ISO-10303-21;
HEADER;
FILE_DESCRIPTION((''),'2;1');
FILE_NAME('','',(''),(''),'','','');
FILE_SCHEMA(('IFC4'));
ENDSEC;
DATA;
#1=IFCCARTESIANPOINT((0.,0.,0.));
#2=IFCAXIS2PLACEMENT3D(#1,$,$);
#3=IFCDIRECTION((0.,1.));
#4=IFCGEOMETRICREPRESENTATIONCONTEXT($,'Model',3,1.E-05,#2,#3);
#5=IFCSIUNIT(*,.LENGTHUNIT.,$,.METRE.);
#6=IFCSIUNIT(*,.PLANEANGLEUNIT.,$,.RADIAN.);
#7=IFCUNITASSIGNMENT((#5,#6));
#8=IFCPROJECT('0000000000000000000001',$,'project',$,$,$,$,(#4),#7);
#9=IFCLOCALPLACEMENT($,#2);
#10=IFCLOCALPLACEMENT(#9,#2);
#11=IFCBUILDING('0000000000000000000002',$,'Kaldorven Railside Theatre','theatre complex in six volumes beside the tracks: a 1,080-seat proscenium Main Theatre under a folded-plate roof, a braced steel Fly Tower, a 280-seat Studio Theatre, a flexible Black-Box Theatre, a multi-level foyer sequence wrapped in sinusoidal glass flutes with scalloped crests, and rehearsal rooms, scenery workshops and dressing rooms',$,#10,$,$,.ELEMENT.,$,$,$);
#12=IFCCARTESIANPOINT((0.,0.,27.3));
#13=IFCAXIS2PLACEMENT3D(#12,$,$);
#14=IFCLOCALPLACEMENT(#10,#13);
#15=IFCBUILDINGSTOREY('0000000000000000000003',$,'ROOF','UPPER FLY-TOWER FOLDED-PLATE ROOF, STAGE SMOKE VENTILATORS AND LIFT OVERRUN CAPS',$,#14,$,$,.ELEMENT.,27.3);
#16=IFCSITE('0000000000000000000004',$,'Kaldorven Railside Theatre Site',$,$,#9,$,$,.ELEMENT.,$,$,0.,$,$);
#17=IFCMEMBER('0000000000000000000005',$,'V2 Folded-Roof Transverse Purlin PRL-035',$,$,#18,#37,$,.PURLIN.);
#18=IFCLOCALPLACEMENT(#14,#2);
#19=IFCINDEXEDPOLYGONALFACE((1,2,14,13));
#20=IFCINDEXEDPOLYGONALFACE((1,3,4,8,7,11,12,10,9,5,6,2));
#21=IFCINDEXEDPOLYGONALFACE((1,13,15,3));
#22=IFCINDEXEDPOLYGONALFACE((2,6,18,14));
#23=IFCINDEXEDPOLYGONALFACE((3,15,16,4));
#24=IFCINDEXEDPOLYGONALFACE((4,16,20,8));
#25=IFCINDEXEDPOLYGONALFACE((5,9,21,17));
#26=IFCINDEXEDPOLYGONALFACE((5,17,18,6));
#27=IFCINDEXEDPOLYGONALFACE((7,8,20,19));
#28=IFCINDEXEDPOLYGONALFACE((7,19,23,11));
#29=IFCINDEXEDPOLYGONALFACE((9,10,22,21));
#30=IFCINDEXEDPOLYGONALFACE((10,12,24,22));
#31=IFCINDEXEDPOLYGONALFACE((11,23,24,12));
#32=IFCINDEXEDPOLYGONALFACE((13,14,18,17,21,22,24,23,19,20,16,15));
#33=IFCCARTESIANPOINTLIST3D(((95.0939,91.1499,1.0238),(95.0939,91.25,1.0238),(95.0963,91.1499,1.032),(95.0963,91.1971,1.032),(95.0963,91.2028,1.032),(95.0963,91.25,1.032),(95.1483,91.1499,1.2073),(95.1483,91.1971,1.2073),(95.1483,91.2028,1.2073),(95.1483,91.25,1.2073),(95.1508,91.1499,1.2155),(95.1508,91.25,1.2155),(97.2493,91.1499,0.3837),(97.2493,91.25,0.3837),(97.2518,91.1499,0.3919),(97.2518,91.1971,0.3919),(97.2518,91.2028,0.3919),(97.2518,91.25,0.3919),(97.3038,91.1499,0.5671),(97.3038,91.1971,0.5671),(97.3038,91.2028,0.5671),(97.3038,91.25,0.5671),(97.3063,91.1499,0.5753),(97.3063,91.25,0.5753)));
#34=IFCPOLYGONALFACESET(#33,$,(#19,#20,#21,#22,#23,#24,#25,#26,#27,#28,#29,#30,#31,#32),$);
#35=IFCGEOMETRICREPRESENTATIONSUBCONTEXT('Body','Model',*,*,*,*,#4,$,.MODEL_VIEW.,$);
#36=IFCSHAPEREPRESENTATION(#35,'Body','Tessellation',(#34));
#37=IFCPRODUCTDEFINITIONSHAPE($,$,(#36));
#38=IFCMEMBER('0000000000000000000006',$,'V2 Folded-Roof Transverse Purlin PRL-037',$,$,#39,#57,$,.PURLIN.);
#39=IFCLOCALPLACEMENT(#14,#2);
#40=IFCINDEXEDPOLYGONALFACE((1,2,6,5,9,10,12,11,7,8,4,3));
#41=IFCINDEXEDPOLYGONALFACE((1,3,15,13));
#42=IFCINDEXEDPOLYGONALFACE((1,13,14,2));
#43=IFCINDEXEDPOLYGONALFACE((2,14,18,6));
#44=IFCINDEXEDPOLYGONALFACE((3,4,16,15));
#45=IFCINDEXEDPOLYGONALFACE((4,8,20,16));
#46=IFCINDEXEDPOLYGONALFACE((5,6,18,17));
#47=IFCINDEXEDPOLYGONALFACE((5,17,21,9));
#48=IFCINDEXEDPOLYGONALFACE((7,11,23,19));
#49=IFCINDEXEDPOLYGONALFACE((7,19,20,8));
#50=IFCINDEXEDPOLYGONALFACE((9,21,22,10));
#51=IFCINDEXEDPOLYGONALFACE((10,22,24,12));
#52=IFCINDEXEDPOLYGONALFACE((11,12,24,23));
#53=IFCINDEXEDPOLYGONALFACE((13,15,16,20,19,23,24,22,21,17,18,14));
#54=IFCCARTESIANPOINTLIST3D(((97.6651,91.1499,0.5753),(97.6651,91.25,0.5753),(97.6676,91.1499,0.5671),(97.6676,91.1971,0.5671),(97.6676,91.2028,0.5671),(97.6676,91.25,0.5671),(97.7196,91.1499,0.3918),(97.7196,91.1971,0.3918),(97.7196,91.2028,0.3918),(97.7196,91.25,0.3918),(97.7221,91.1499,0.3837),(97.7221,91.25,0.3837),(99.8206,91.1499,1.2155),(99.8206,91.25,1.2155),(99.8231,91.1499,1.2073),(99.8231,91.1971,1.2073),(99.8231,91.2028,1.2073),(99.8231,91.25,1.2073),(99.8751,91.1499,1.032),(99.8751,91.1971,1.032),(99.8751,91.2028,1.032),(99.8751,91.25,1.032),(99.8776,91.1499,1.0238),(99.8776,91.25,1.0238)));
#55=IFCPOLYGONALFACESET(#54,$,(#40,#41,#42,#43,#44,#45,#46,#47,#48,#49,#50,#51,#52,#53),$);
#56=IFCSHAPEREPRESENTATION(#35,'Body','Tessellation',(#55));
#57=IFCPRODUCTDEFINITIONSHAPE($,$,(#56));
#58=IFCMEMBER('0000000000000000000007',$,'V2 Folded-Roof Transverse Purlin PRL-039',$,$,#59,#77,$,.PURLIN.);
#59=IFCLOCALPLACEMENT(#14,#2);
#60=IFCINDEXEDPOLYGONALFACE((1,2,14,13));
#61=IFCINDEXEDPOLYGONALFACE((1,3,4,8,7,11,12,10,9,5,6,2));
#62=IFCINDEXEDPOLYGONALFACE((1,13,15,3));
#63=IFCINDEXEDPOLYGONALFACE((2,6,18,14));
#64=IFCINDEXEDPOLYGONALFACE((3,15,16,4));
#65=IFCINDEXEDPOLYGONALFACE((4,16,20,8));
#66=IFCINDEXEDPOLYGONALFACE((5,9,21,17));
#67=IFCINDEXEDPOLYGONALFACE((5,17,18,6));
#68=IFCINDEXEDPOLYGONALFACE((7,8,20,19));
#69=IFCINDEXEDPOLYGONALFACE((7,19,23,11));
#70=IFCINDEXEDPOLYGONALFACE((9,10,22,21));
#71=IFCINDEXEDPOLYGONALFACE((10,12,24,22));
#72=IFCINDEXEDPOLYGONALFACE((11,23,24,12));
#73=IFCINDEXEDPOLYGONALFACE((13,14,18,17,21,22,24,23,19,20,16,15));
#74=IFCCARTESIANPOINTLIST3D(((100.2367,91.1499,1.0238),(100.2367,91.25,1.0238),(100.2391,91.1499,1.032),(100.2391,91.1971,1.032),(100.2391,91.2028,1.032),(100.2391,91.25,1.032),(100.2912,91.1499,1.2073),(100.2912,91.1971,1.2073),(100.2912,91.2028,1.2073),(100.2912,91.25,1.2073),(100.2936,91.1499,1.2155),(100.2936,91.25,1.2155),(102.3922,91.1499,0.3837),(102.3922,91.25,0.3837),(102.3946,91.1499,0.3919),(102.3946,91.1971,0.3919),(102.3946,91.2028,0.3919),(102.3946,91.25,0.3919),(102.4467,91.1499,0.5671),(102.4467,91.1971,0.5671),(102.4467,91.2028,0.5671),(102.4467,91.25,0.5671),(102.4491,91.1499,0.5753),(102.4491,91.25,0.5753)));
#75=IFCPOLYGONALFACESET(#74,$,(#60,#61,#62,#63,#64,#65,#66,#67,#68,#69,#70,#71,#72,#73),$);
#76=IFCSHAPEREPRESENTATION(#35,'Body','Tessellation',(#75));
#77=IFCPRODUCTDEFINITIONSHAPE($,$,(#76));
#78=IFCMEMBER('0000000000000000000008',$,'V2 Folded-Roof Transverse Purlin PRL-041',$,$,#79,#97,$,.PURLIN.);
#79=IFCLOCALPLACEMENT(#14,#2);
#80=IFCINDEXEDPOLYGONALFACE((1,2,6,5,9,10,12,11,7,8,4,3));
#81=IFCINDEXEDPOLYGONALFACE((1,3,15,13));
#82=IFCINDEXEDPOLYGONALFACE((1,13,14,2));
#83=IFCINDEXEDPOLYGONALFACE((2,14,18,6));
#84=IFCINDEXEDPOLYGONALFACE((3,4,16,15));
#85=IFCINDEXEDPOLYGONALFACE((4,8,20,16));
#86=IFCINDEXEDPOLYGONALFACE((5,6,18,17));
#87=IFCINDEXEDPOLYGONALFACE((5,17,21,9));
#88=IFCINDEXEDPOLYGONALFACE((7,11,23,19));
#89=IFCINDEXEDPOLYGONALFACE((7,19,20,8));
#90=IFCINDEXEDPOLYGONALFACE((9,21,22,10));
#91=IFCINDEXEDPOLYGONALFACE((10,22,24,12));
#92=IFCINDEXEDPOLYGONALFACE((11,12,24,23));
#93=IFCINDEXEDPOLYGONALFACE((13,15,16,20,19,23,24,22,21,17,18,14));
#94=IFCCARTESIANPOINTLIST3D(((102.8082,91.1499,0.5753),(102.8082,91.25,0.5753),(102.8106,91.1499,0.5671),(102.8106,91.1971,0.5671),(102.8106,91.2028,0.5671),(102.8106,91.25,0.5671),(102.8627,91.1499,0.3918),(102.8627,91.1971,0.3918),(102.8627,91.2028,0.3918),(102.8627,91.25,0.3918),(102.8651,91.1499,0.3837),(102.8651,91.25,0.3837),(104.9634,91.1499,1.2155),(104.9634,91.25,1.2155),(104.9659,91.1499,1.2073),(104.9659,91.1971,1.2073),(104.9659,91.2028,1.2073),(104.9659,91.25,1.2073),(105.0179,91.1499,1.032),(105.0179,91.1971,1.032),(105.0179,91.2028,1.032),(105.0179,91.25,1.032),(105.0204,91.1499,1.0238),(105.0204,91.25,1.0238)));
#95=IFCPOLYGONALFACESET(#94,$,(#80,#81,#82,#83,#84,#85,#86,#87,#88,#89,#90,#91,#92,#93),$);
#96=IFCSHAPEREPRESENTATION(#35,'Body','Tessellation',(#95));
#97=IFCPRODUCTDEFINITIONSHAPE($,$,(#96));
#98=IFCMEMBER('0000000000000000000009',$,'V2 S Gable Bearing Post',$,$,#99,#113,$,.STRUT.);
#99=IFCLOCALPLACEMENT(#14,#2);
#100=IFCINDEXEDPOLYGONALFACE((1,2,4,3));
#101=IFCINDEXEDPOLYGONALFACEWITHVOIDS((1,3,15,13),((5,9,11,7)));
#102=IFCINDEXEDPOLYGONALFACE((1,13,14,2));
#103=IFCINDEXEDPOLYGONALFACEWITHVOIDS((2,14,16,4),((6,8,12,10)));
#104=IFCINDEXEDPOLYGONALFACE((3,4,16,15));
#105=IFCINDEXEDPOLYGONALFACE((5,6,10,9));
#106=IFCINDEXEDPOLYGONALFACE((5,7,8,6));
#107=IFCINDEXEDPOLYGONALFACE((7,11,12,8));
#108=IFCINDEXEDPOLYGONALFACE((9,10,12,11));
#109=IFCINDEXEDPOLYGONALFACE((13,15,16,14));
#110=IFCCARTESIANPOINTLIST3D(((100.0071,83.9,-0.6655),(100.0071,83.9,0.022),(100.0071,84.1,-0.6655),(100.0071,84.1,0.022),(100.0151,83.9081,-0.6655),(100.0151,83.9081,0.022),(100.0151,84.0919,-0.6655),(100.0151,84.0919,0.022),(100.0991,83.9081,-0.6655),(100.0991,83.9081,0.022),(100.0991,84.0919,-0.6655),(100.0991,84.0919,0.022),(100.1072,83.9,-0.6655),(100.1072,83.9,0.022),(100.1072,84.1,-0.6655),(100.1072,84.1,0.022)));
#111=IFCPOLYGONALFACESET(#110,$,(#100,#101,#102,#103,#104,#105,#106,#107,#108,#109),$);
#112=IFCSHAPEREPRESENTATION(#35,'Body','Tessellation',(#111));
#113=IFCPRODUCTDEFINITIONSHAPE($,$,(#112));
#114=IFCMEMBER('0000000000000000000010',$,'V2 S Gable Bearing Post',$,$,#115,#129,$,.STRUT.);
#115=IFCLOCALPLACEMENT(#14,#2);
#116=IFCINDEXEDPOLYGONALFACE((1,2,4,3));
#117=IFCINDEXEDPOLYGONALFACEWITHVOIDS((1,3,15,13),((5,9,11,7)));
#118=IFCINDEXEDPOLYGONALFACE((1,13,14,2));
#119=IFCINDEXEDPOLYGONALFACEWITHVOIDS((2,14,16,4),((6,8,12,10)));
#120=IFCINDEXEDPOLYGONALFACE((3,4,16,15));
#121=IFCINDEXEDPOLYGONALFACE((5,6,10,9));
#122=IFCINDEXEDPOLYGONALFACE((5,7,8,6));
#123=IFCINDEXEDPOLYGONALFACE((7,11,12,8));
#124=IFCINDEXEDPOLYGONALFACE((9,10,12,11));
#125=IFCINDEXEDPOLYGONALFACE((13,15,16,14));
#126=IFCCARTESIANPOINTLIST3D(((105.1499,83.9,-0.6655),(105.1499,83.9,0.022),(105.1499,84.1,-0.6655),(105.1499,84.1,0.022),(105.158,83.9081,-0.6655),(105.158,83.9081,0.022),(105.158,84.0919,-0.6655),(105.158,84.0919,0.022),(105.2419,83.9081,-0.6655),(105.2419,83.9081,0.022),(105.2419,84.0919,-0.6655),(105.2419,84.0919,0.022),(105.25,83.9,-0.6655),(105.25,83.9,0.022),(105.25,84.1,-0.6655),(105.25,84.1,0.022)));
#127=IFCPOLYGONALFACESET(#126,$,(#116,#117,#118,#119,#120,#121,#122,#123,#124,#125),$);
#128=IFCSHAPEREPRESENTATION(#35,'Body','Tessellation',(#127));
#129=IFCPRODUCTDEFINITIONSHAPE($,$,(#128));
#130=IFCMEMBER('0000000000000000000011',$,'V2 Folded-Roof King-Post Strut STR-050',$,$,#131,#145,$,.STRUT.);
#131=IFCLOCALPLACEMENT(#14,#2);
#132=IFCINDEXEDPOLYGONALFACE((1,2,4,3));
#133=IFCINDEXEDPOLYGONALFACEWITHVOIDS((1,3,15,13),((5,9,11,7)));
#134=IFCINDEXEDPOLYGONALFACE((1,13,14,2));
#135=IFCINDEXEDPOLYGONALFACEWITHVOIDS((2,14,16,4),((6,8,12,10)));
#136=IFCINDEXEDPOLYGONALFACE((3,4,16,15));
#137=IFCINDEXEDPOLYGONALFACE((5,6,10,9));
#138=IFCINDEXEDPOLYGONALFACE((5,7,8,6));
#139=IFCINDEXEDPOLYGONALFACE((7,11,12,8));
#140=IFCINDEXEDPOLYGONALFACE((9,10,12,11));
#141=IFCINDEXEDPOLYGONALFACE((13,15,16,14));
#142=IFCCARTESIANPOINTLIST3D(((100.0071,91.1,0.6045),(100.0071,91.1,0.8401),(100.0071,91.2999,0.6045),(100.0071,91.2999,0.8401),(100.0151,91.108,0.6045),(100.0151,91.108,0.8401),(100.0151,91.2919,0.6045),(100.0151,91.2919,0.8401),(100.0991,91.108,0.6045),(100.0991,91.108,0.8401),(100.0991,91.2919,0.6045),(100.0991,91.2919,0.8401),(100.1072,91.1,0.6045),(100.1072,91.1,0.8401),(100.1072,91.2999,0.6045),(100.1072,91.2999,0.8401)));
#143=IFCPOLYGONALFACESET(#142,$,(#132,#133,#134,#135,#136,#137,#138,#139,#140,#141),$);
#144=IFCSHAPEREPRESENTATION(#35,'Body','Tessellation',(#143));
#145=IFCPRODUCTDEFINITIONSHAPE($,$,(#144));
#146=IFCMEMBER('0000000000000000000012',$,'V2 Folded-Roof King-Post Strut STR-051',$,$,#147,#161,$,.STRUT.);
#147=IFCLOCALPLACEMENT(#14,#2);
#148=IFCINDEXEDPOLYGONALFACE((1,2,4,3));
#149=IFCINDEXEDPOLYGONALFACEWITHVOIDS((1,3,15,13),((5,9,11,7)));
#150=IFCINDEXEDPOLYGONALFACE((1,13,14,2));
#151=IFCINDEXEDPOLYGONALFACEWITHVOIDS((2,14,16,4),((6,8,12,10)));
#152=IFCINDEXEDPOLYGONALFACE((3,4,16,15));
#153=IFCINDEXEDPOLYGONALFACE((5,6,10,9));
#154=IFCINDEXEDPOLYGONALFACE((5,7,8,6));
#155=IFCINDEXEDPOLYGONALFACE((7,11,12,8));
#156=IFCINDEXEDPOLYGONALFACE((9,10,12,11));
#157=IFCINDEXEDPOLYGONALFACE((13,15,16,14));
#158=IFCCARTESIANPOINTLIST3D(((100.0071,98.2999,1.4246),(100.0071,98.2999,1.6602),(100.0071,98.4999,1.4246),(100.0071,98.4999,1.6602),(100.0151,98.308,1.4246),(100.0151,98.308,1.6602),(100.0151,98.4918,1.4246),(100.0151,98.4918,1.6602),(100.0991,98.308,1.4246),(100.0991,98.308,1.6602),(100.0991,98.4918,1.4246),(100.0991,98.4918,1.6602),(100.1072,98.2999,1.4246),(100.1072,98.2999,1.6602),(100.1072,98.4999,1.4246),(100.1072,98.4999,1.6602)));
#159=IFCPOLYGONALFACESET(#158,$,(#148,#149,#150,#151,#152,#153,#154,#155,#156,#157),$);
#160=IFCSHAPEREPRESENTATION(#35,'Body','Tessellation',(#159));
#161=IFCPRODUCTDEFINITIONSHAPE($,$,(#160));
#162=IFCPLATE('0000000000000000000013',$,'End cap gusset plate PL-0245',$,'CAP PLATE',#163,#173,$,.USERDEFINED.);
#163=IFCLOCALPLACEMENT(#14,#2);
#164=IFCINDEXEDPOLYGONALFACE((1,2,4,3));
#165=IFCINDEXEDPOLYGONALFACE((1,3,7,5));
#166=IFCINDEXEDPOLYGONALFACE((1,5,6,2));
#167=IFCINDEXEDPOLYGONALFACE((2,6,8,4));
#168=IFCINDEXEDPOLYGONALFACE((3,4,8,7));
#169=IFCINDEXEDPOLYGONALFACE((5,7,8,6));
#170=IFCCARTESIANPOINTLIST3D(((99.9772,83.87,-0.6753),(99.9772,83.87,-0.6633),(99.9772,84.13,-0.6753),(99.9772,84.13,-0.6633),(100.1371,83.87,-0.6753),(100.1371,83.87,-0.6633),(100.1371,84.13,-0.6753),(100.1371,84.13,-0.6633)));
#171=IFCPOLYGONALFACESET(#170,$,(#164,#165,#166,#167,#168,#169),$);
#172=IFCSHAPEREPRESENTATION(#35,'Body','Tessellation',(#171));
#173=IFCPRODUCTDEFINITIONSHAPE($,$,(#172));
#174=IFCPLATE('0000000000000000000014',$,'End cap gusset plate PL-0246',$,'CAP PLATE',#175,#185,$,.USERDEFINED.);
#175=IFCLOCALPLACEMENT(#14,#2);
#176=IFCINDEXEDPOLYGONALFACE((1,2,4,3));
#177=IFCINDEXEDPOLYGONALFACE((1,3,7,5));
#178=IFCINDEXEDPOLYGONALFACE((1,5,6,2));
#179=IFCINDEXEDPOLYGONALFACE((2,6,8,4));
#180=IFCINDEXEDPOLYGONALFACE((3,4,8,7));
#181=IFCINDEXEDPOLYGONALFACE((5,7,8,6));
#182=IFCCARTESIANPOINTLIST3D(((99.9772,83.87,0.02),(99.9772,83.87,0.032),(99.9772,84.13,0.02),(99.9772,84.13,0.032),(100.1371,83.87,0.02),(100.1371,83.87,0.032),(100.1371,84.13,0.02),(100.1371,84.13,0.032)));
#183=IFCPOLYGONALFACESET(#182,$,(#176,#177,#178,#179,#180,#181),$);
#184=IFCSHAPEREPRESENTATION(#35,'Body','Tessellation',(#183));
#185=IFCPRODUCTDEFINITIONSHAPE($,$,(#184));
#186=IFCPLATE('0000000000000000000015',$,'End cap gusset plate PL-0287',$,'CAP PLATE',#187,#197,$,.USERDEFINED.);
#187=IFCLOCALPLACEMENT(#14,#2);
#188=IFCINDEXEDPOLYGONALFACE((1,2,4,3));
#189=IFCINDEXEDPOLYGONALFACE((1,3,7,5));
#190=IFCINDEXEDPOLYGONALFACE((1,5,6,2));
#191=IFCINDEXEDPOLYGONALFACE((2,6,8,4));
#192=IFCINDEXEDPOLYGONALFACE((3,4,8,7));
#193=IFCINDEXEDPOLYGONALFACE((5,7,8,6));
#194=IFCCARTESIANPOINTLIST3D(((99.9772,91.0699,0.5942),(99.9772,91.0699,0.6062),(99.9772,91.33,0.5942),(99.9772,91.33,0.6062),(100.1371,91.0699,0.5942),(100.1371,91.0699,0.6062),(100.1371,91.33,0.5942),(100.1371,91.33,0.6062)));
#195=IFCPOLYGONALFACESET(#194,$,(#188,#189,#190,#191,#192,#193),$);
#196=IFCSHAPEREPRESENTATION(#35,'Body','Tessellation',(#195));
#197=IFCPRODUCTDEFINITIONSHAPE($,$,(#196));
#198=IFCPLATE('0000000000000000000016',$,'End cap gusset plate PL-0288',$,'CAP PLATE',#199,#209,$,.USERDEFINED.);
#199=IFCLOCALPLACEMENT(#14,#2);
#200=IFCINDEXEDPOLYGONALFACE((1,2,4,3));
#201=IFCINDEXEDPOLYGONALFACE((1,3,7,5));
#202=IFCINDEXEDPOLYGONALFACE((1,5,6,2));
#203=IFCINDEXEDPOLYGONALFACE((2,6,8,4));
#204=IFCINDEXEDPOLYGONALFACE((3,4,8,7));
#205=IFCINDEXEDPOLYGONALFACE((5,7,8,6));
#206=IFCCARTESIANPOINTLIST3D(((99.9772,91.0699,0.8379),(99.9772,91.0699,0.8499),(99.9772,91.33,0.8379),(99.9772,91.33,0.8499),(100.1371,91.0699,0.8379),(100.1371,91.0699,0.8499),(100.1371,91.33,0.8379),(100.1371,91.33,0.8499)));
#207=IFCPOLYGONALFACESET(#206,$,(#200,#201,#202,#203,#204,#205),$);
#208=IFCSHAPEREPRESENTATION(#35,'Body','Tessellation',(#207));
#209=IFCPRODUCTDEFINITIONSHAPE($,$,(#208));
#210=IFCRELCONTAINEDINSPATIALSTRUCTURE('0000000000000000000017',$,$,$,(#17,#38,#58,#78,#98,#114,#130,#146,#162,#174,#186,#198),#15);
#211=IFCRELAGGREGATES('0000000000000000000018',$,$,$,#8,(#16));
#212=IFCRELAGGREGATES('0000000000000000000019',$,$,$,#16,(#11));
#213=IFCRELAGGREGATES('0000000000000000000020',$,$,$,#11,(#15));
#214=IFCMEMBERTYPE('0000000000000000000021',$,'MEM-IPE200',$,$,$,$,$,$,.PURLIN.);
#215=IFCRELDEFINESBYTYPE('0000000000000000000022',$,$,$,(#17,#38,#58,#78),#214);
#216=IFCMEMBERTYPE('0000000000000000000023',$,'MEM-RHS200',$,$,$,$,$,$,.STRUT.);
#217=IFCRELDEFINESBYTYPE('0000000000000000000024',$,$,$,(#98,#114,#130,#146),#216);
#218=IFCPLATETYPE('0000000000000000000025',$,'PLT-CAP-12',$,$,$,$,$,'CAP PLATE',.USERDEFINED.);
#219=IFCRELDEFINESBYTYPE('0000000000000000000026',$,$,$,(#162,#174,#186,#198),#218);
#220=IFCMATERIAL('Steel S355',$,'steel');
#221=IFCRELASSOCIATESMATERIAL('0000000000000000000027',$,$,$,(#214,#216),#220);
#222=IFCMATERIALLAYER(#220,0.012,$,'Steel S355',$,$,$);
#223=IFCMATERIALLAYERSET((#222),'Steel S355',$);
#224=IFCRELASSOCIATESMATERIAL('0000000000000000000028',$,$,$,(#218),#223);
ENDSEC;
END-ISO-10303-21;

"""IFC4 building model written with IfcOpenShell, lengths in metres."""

from ifc_helpers import new_model, si_unit, direction, frame, origin, origin_2d, place, context, subcontext, project, spatial, rectangle, hollow_rectangle, i_section, extrude, material, layer, layer_set, material_profile, profile_set, type_object, element, save


model = new_model("IFC4")

# Units and contexts
model_context = context("Model", 3, precision=1e-05, world=origin(), true_north=direction((0.0, 1.0)))
body_context = subcontext(model_context, "Body", "Model", "MODEL_VIEW")
ifc_project = project(units=[si_unit("LENGTHUNIT", "METRE"), si_unit("PLANEANGLEUNIT", "RADIAN")], contexts=[model_context])

# Site, building, storey
site_placement = place(None, origin())
site = spatial("IfcSite", under=ifc_project, at=site_placement, Name="Kaldorven Railside Theatre Site", CompositionType="ELEMENT", RefElevation=0.0)
building_placement = place(site_placement, origin())
building = spatial("IfcBuilding", under=site, at=building_placement, Name="Kaldorven Railside Theatre", Description="theatre complex in six volumes beside the tracks: a 1,080-seat proscenium Main Theatre under a folded-plate roof, a braced steel Fly Tower, a 280-seat Studio Theatre, a flexible Black-Box Theatre, a multi-level foyer sequence wrapped in sinusoidal glass flutes with scalloped crests, and rehearsal rooms, scenery workshops and dressing rooms", CompositionType="ELEMENT")
storey_placement = place(building_placement, frame((0.0, 0.0, 27.3)))
storey = spatial("IfcBuildingStorey", under=building, at=storey_placement, Name="ROOF", Description="UPPER FLY-TOWER FOLDED-PLATE ROOF, STAGE SMOKE VENTILATORS AND LIFT OVERRUN CAPS", CompositionType="ELEMENT", Elevation=27.3)

# Shared definitions
ifc_material_1 = material(Name="Steel S355", Category="steel")

# Members
ifc_material_profile_1 = material_profile(ifc_material_1, i_section(OverallWidth=0.1001, OverallDepth=0.2, WebThickness=0.0056, FlangeThickness=0.0085, at=origin_2d()), Name="IPE 200")
ifc_profile_set_1 = profile_set([ifc_material_profile_1], Name="Steel S355")
member_type_1 = type_object("IfcMemberType", Name="MEM-IPE200", PredefinedType="PURLIN", material=ifc_profile_set_1)
for number, where, z_axis, x_axis, name in (
    (1, (95.1223, 91.2, 1.1196), (0.95862, 0.0, -0.284687), (0.0, 1.0, 0.0), "V2 Folded-Roof Transverse Purlin PRL-035"),
    (2, (97.6936, 91.2, 0.4795), (0.95862, 0.0, 0.284687), (0.0, 1.0, 0.0), "V2 Folded-Roof Transverse Purlin PRL-037"),
    (3, (100.2651, 91.2, 1.1196), (0.95862, 0.0, -0.284687), (0.0, 1.0, 0.0), "V2 Folded-Roof Transverse Purlin PRL-039"),
):
    element("IfcMember", number, at=place(storey_placement, frame(where, z_axis=z_axis, x_axis=x_axis)), inside=storey, type_object=member_type_1, Name=name, PredefinedType="PURLIN", context=body_context, shape_type="SweptSolid", body=[
        extrude(i_section(OverallWidth=0.1001, OverallDepth=0.2, WebThickness=0.0056, FlangeThickness=0.0085, at=origin_2d()), origin(), (0.0, 0.0, 1.0), 2.2485),
    ])
member_placement = place(storey_placement, frame((102.8367, 91.2, 0.4795), z_axis=(0.958612, 0.0, 0.284717), x_axis=(0.0, 1.0, 0.0)))
element("IfcMember", 4, at=member_placement, inside=storey, type_object=member_type_1, Name="V2 Folded-Roof Transverse Purlin PRL-041", PredefinedType="PURLIN", context=body_context, shape_type="SweptSolid", body=[
    extrude(i_section(OverallWidth=0.1001, OverallDepth=0.2, WebThickness=0.0056, FlangeThickness=0.0085, at=origin_2d()), origin(), (0.0, 0.0, 1.0), 2.2483),
])
ifc_material_profile_2 = material_profile(ifc_material_1, hollow_rectangle(XDim=0.1001, YDim=0.2, WallThickness=0.0081, at=origin_2d()), Name="RHS 200x100x8")
ifc_profile_set_2 = profile_set([ifc_material_profile_2], Name="Steel S355")
member_type_2 = type_object("IfcMemberType", Name="MEM-RHS200", PredefinedType="STRUT", material=ifc_profile_set_2)
for number, where, z_axis, x_axis, name in (
    (5, (100.0571, 84.0, -0.6655), (0.0, 0.0, 1.0), (1.0, 0.0, 0.0), "V2 S Gable Bearing Post"),
    (6, (105.2, 84.0, -0.6655), (0.0, 0.0, 1.0), (1.0, 0.0, 0.0), "V2 S Gable Bearing Post"),
):
    element("IfcMember", number, at=place(storey_placement, frame(where, z_axis=z_axis, x_axis=x_axis)), inside=storey, type_object=member_type_2, Name=name, PredefinedType="STRUT", context=body_context, shape_type="SweptSolid", body=[
        extrude(hollow_rectangle(XDim=0.1001, YDim=0.2, WallThickness=0.0081, at=origin_2d()), origin(), (0.0, 0.0, 1.0), 0.6875),
    ])
for number, where, z_axis, x_axis, name in (
    (7, (100.0571, 91.2, 0.6045), (0.0, 0.0, 1.0), (1.0, 0.0, 0.0), "V2 Folded-Roof King-Post Strut STR-050"),
    (8, (100.0571, 98.3999, 1.4246), (0.0, 0.0, 1.0), (1.0, 0.0, 0.0), "V2 Folded-Roof King-Post Strut STR-051"),
):
    element("IfcMember", number, at=place(storey_placement, frame(where, z_axis=z_axis, x_axis=x_axis)), inside=storey, type_object=member_type_2, Name=name, PredefinedType="STRUT", context=body_context, shape_type="SweptSolid", body=[
        extrude(hollow_rectangle(XDim=0.1001, YDim=0.2, WallThickness=0.0081, at=origin_2d()), origin(), (0.0, 0.0, 1.0), 0.2356),
    ])

# Plates
ifc_layer_1 = layer(ifc_material_1, 0.012, Name="Steel S355")
ifc_layer_set_1 = layer_set([ifc_layer_1], Name="Steel S355")
plate_type = type_object("IfcPlateType", Name="PLT-CAP-12", ElementType="CAP PLATE", PredefinedType="USERDEFINED", material=ifc_layer_set_1)
for number, where, z_axis, x_axis, name in (
    (9, (100.0571, 84.0, -0.6753), (0.0, 0.0, 1.0), (1.0, 0.0, 0.0), "End cap gusset plate PL-0245"),
    (10, (100.0571, 84.0, 0.02), (0.0, 0.0, 1.0), (1.0, 0.0, 0.0), "End cap gusset plate PL-0246"),
    (11, (100.0571, 91.2, 0.5942), (0.0, 0.0, 1.0), (1.0, 0.0, 0.0), "End cap gusset plate PL-0287"),
    (12, (100.0571, 91.2, 0.8379), (0.0, 0.0, 1.0), (1.0, 0.0, 0.0), "End cap gusset plate PL-0288"),
):
    element("IfcPlate", number, at=place(storey_placement, frame(where, z_axis=z_axis, x_axis=x_axis)), inside=storey, type_object=plate_type, Name=name, ObjectType="CAP PLATE", PredefinedType="USERDEFINED", context=body_context, shape_type="SweptSolid", body=[
        extrude(rectangle(XDim=0.1599, YDim=0.26, at=origin_2d()), origin(), (0.0, 0.0, 1.0), 0.012),
    ])

save(model, "model.ifc")
